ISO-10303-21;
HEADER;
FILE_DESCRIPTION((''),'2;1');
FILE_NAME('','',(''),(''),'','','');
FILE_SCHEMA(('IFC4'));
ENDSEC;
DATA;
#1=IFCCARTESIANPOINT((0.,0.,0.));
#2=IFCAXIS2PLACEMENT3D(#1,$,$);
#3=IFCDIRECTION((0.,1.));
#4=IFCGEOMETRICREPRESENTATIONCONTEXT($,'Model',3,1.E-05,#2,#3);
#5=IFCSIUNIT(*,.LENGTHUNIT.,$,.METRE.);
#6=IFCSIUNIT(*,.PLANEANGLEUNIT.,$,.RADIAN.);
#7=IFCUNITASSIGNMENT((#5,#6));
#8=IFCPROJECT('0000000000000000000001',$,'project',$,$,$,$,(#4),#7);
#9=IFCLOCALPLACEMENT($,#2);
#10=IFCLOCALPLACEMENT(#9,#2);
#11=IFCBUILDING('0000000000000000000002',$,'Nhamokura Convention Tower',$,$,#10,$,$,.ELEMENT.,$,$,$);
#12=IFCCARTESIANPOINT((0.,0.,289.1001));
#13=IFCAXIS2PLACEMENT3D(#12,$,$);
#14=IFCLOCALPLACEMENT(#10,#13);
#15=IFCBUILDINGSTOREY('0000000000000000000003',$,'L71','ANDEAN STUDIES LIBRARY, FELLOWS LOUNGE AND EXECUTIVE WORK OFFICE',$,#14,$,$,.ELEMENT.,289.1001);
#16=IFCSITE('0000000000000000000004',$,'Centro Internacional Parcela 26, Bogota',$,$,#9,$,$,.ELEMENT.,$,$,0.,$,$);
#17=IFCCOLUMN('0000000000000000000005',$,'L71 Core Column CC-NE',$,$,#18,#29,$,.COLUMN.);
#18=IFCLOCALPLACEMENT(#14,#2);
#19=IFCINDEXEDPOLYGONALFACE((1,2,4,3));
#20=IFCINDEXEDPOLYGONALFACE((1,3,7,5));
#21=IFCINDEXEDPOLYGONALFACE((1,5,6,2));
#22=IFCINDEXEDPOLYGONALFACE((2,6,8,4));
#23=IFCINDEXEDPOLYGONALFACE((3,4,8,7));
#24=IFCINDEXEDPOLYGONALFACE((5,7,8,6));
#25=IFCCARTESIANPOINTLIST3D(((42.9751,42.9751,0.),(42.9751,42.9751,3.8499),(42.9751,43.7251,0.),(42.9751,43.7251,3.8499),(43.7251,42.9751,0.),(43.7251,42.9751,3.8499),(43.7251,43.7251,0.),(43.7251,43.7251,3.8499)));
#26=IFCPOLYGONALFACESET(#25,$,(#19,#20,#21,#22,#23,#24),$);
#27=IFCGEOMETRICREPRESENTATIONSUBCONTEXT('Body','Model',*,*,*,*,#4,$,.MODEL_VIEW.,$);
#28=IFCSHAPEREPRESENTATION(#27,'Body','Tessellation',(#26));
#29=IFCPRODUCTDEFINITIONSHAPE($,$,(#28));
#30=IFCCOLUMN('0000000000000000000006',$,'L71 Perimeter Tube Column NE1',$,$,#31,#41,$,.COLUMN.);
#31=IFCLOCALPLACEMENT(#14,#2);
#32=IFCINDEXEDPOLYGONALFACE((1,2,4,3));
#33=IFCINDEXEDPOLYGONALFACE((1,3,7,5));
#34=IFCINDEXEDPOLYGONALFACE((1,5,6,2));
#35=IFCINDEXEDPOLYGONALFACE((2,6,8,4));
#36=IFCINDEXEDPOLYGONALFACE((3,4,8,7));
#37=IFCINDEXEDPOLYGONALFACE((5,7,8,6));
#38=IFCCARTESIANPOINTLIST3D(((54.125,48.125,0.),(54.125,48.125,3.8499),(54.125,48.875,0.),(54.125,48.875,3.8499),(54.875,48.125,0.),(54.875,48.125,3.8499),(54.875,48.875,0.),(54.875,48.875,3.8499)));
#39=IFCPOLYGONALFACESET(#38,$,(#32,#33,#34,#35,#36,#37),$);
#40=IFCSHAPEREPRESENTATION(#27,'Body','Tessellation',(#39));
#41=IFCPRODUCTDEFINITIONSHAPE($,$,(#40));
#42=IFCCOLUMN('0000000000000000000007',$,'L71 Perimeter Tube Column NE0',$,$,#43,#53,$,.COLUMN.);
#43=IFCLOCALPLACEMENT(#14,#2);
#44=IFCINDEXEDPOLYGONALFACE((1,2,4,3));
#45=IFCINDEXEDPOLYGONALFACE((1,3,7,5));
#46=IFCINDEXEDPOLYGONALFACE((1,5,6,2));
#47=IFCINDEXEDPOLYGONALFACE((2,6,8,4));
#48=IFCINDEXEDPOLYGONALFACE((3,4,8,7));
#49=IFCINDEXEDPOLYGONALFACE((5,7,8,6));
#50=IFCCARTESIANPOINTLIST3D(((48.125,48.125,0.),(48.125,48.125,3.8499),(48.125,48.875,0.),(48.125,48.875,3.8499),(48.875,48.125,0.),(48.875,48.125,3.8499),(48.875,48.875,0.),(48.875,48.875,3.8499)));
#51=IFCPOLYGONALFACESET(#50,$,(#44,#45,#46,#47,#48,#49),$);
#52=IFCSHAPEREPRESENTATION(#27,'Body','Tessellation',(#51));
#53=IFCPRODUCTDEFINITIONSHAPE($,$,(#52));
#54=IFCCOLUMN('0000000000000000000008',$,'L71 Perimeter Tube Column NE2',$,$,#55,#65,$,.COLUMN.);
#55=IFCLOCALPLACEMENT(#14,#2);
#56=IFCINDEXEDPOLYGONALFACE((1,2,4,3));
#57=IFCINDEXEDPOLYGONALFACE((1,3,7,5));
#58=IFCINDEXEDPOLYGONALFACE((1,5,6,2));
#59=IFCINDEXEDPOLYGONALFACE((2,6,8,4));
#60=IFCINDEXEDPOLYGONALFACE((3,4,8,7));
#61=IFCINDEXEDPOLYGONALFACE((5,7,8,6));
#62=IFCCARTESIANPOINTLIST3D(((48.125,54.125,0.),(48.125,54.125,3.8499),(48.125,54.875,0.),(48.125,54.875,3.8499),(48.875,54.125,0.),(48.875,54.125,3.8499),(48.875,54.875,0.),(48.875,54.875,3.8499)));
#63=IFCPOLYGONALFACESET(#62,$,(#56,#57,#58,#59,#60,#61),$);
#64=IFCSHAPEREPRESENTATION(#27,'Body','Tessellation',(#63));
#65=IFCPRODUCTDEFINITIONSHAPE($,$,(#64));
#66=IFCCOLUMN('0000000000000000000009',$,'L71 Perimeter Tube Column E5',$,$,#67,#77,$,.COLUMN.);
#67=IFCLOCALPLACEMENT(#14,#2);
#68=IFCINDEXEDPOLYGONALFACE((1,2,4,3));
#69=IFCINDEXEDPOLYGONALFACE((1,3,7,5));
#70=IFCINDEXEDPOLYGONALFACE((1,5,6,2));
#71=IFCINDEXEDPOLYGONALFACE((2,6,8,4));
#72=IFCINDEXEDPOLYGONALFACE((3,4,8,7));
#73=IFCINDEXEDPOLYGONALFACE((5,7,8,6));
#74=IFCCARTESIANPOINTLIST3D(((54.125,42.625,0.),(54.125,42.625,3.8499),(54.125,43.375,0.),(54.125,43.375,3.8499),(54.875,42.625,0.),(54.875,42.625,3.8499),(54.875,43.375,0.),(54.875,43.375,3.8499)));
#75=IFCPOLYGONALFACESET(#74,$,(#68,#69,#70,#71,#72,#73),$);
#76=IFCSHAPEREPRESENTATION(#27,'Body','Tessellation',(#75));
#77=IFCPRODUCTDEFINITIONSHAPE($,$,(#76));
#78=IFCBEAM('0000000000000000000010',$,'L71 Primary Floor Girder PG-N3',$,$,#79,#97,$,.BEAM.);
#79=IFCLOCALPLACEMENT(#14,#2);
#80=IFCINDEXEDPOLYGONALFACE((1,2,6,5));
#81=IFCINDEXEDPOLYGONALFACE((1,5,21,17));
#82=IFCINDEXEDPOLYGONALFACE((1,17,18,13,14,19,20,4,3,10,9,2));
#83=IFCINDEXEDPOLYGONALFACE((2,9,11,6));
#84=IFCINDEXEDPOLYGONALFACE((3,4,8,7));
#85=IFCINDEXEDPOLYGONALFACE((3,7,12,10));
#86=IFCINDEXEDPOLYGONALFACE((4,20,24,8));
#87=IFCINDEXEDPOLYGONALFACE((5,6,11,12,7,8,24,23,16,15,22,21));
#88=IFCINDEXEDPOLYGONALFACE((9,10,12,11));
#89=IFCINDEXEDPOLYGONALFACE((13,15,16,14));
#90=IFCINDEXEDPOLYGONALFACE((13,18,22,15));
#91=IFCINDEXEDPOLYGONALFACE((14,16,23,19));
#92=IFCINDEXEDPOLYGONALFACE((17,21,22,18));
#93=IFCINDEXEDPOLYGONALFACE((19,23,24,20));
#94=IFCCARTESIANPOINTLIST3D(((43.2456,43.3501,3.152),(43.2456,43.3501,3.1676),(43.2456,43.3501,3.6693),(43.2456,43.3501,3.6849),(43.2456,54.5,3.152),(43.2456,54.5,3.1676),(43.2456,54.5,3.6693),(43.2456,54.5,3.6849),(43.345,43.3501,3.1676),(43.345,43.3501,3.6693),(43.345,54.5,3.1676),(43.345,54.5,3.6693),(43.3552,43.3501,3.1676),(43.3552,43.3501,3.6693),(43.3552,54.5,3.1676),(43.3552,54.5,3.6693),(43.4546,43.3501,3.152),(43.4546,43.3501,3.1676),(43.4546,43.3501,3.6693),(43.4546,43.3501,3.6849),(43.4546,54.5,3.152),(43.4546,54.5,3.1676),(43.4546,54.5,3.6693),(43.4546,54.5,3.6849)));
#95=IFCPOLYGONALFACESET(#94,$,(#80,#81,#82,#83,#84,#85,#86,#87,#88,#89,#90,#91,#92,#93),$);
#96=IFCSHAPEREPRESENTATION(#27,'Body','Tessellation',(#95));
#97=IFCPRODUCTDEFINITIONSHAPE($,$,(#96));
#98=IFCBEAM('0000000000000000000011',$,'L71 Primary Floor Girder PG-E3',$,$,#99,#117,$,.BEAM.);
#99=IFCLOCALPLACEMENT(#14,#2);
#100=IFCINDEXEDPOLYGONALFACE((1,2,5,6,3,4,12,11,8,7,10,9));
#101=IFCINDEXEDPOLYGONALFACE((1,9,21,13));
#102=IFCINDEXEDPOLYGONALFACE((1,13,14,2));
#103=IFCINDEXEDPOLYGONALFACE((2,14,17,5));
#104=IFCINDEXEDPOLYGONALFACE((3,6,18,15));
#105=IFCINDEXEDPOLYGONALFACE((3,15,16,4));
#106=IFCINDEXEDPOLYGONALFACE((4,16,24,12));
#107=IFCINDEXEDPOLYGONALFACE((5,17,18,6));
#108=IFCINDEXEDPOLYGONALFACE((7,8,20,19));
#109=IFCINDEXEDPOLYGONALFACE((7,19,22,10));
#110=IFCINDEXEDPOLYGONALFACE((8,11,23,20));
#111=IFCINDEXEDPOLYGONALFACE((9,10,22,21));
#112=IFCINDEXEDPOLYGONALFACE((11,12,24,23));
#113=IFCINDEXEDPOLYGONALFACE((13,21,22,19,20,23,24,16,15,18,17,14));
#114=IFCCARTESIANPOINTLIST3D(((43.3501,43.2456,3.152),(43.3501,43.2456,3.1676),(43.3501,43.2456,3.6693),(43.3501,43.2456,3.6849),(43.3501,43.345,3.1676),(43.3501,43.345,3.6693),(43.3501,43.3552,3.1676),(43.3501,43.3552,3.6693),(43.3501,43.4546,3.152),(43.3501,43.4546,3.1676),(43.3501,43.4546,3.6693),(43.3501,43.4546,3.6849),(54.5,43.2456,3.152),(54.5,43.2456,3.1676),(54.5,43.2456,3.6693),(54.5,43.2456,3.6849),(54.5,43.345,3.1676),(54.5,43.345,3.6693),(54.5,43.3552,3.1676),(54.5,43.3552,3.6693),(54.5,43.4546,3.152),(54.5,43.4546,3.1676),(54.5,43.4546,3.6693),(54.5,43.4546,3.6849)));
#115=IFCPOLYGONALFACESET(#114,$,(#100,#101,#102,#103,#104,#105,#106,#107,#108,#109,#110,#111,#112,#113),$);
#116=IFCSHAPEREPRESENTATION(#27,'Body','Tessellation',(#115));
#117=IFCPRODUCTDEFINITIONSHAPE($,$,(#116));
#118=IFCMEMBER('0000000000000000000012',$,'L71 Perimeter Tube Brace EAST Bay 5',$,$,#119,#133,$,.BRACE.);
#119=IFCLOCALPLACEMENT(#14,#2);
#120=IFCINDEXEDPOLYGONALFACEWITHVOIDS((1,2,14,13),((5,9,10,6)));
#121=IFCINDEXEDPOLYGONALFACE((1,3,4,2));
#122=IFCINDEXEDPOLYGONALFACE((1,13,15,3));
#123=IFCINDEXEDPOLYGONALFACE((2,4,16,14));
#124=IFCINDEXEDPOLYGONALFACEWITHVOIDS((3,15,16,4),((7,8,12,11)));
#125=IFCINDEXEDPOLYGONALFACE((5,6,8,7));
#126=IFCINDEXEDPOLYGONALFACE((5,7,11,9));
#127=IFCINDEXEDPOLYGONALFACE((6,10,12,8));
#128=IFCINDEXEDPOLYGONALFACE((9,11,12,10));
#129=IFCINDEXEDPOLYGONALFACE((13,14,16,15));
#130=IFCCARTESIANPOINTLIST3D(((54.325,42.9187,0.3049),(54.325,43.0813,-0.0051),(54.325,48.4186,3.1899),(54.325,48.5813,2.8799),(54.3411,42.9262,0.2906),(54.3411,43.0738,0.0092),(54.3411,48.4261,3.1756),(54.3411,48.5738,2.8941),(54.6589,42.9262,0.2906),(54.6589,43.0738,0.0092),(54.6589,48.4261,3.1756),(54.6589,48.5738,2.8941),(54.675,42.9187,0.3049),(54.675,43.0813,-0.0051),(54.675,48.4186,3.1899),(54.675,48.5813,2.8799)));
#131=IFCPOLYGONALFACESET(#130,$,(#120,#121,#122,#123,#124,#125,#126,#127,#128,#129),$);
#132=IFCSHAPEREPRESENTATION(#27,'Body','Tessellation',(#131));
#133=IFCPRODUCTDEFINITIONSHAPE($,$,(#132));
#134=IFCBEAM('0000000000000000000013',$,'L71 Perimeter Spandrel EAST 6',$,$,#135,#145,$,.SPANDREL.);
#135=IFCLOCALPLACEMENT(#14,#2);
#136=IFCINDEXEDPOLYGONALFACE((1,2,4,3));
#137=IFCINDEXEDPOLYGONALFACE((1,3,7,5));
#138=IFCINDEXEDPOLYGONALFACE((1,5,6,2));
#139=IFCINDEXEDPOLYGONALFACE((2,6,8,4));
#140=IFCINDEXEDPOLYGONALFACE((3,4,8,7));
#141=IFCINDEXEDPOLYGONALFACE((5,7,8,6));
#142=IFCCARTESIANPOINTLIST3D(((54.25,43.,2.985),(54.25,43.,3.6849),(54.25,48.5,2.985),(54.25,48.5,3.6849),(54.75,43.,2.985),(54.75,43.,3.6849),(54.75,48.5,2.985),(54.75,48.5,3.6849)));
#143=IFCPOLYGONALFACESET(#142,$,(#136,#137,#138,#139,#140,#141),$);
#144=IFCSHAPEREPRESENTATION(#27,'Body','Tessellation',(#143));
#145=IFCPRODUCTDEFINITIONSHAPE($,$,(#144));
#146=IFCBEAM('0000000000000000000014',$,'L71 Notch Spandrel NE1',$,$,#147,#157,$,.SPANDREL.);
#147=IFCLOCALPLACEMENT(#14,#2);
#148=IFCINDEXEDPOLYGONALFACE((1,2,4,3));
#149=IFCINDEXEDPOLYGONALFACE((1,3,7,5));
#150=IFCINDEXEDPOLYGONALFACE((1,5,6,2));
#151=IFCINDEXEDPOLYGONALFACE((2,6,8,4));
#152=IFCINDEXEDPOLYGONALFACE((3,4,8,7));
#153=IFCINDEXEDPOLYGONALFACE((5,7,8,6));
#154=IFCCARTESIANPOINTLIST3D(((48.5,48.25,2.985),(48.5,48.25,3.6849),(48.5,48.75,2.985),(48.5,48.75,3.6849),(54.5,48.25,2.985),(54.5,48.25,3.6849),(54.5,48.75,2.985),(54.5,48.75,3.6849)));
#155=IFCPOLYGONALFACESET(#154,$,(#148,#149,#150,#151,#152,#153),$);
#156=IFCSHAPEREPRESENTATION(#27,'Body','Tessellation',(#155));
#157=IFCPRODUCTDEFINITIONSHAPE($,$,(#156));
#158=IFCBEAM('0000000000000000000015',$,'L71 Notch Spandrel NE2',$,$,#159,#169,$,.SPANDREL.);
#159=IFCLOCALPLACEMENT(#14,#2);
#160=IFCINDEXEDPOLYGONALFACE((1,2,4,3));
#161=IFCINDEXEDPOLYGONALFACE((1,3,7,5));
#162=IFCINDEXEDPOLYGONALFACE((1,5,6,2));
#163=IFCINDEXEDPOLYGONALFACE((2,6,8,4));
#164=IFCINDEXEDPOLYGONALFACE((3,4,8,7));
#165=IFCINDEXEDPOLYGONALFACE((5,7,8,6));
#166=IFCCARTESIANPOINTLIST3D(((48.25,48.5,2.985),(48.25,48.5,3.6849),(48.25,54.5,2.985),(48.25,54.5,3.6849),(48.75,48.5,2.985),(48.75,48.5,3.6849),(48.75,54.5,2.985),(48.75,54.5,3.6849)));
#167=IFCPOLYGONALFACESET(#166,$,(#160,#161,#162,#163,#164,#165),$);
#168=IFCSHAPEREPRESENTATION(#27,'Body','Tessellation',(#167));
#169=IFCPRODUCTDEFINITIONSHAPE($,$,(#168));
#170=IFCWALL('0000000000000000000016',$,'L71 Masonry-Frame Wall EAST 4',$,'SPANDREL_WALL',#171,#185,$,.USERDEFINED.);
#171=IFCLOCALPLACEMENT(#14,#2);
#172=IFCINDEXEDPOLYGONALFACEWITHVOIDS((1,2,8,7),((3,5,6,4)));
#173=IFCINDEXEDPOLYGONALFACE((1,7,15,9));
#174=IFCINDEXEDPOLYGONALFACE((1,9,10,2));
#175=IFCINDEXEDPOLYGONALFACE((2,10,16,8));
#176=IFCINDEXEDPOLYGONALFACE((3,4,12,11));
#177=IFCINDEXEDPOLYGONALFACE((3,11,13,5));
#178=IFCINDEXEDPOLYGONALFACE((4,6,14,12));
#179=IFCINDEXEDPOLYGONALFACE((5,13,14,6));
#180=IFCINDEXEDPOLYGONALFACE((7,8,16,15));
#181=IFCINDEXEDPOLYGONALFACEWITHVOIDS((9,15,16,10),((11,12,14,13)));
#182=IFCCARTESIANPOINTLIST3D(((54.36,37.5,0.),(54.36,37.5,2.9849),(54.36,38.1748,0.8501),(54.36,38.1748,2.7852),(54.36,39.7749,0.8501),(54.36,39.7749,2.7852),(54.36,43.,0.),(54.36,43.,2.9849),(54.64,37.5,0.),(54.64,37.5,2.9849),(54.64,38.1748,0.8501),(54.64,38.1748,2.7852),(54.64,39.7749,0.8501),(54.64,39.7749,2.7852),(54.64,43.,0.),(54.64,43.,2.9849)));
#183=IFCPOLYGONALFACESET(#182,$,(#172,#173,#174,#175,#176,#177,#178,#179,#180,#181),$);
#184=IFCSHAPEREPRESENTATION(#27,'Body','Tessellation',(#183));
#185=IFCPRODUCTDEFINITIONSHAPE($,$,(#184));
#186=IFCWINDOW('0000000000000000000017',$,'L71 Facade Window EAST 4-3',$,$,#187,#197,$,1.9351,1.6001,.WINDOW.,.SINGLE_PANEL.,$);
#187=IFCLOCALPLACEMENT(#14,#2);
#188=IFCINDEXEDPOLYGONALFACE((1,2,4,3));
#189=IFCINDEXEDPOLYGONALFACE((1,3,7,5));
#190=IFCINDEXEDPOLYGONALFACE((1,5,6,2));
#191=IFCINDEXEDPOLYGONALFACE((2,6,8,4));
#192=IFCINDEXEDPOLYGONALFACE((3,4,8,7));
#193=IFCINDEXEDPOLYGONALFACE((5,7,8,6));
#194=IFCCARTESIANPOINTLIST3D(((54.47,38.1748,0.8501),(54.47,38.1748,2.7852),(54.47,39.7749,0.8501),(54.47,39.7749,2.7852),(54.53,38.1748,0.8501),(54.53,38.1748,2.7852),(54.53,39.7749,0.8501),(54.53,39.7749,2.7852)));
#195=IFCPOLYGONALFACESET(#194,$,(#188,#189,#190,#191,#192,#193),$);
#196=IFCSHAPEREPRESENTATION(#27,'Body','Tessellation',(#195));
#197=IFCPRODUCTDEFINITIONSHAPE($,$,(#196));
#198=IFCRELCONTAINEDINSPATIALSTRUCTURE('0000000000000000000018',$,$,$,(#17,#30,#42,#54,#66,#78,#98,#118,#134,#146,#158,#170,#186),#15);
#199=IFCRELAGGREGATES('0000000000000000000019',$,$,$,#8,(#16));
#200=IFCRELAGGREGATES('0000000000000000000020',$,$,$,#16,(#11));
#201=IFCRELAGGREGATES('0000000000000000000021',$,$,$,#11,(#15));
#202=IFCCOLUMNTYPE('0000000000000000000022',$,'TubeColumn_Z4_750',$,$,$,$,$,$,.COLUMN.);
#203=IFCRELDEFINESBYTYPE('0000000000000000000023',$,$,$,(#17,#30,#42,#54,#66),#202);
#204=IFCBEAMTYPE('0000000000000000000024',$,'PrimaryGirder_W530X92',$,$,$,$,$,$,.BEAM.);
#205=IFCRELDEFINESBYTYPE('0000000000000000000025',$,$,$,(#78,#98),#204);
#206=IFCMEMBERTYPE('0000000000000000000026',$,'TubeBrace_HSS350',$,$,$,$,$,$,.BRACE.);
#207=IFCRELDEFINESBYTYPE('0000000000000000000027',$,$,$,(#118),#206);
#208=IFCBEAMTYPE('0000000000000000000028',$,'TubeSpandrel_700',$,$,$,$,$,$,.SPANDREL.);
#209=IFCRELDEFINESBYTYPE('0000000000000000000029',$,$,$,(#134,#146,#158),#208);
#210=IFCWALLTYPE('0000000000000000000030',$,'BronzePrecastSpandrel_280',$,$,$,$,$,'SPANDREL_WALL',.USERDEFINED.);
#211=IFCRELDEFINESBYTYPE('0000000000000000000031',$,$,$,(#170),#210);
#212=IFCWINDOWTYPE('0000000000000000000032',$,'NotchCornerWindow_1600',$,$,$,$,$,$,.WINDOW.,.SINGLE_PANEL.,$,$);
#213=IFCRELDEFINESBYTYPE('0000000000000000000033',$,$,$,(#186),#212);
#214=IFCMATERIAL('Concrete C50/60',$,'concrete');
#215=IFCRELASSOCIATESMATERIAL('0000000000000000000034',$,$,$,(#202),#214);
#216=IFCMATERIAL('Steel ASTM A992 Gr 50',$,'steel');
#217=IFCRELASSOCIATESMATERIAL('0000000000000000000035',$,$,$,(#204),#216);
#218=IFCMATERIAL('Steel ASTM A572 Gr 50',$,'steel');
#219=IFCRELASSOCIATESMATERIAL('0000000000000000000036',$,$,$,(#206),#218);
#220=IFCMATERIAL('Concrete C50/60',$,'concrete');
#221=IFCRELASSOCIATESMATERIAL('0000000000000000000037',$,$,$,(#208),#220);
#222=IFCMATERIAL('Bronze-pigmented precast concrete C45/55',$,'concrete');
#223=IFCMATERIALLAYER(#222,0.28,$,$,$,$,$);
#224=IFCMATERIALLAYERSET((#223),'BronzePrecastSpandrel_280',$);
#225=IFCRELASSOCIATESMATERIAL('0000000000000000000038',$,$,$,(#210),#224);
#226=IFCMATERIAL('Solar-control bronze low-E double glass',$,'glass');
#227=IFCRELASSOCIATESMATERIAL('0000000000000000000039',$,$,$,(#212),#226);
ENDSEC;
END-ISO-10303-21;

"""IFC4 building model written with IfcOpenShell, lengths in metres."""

from ifc_helpers import new_model, si_unit, direction, frame, frame_2d, origin, origin_2d, place, context, subcontext, project, spatial, rectangle, hollow_rectangle, i_section, extrude, material, layer, layer_set, material_profile, profile_set, type_object, element, fill, save


model = new_model("IFC4")

# Units and contexts
model_context = context("Model", 3, precision=1e-05, world=origin(), true_north=direction((0.0, 1.0)))
body_context = subcontext(model_context, "Body", "Model", "MODEL_VIEW")
ifc_project = project(units=[si_unit("LENGTHUNIT", "METRE"), si_unit("PLANEANGLEUNIT", "RADIAN")], contexts=[model_context])

# Site, building, storey
site_placement = place(None, origin())
site = spatial("IfcSite", under=ifc_project, at=site_placement, Name="Centro Internacional Parcela 26, Bogota", CompositionType="ELEMENT", RefElevation=0.0)
building_placement = place(site_placement, origin())
building = spatial("IfcBuilding", under=site, at=building_placement, Name="Nhamokura Convention Tower", CompositionType="ELEMENT")
storey_placement = place(building_placement, frame((0.0, 0.0, 289.1001)))
storey = spatial("IfcBuildingStorey", under=building, at=storey_placement, Name="L71", Description="ANDEAN STUDIES LIBRARY, FELLOWS LOUNGE AND EXECUTIVE WORK OFFICE", CompositionType="ELEMENT", Elevation=289.1001)

# Columns
ifc_material_1 = material(Name="Concrete C50/60", Category="concrete")
ifc_material_profile_1 = material_profile(ifc_material_1, rectangle(XDim=0.75, YDim=0.75, at=origin_2d()))
ifc_profile_set_1 = profile_set([ifc_material_profile_1], Name="Concrete C50/60")
column_type = type_object("IfcColumnType", Name="TubeColumn_Z4_750", PredefinedType="COLUMN", material=ifc_profile_set_1)
for number, where, z_axis, x_axis, name in (
    (1, (43.3501, 43.3501, 0.0), (0.0, 0.0, 1.0), (1.0, 0.0, 0.0), "L71 Core Column CC-NE"),
    (2, (54.5, 48.5, 0.0), (0.0, 0.0, 1.0), (1.0, 0.0, 0.0), "L71 Perimeter Tube Column NE1"),
    (3, (48.5, 48.5, 0.0), (0.0, 0.0, 1.0), (1.0, 0.0, 0.0), "L71 Perimeter Tube Column NE0"),
    (4, (48.5, 54.5, 0.0), (0.0, 0.0, 1.0), (1.0, 0.0, 0.0), "L71 Perimeter Tube Column NE2"),
    (5, (54.5, 43.0, 0.0), (0.0, 0.0, 1.0), (1.0, 0.0, 0.0), "L71 Perimeter Tube Column E5"),
):
    element("IfcColumn", number, at=place(storey_placement, frame(where, z_axis=z_axis, x_axis=x_axis)), inside=storey, type_object=column_type, Name=name, PredefinedType="COLUMN", context=body_context, shape_type="SweptSolid", body=[
        extrude(rectangle(XDim=0.75, YDim=0.75, at=origin_2d()), origin(), (0.0, 0.0, 1.0), 3.8499),
    ])

# Beams
ifc_material_2 = material(Name="Steel ASTM A992 Gr 50", Category="steel")
ifc_material_profile_2 = material_profile(ifc_material_2, i_section(OverallWidth=0.209, OverallDepth=0.533, WebThickness=0.0103, FlangeThickness=0.0156, at=origin_2d()))
ifc_profile_set_2 = profile_set([ifc_material_profile_2], Name="Steel ASTM A992 Gr 50")
beam_type_1 = type_object("IfcBeamType", Name="PrimaryGirder_W530X92", PredefinedType="BEAM", material=ifc_profile_set_2)
for number, where, z_axis, x_axis, name in (
    (6, (43.3501, 43.3501, 3.4185), (0.0, 1.0, 0.0), (-1.0, 0.0, 0.0), "L71 Primary Floor Girder PG-N3"),
    (7, (43.3501, 43.3501, 3.4185), (1.0, 0.0, 0.0), (0.0, 1.0, 0.0), "L71 Primary Floor Girder PG-E3"),
):
    element("IfcBeam", number, at=place(storey_placement, frame(where, z_axis=z_axis, x_axis=x_axis)), inside=storey, type_object=beam_type_1, Name=name, PredefinedType="BEAM", context=body_context, shape_type="SweptSolid", body=[
        extrude(i_section(OverallWidth=0.209, OverallDepth=0.533, WebThickness=0.0103, FlangeThickness=0.0156, at=origin_2d()), origin(), (0.0, 0.0, 1.0), 11.1499),
    ])

# Member
ifc_material_3 = material(Name="Steel ASTM A572 Gr 50", Category="steel")
ifc_material_profile_3 = material_profile(ifc_material_3, hollow_rectangle(XDim=0.3501, YDim=0.3501, WallThickness=0.0161, at=origin_2d()))
ifc_profile_set_3 = profile_set([ifc_material_profile_3], Name="Steel ASTM A572 Gr 50")
member_type = type_object("IfcMemberType", Name="TubeBrace_HSS350", PredefinedType="BRACE", material=ifc_profile_set_3)
member_placement = place(storey_placement, frame((54.5, 43.0, 0.1499), z_axis=(0.0, 0.885563, 0.46452), x_axis=(-1.0, 0.0, 0.0)))
element("IfcMember", 8, at=member_placement, inside=storey, type_object=member_type, Name="L71 Perimeter Tube Brace EAST Bay 5", PredefinedType="BRACE", context=body_context, shape_type="SweptSolid", body=[
    extrude(hollow_rectangle(XDim=0.3501, YDim=0.3501, WallThickness=0.0161, at=origin_2d()), origin(), (0.0, 0.0, 1.0), 6.2107),
])

# Beams
ifc_material_4 = material(Name="Concrete C50/60", Category="concrete")
ifc_material_profile_4 = material_profile(ifc_material_4, rectangle(XDim=0.5, YDim=0.7, at=origin_2d()))
ifc_profile_set_4 = profile_set([ifc_material_profile_4], Name="Concrete C50/60")
beam_type_2 = type_object("IfcBeamType", Name="TubeSpandrel_700", PredefinedType="SPANDREL", material=ifc_profile_set_4)
beam_placement = place(storey_placement, frame((54.5, 43.0, 3.335), z_axis=(0.0, 1.0, 0.0), x_axis=(-1.0, 0.0, 0.0)))
element("IfcBeam", 9, at=beam_placement, inside=storey, type_object=beam_type_2, Name="L71 Perimeter Spandrel EAST 6", PredefinedType="SPANDREL", context=body_context, shape_type="SweptSolid", body=[
    extrude(rectangle(XDim=0.5, YDim=0.7, at=origin_2d()), origin(), (0.0, 0.0, 1.0), 5.5),
])
for number, where, z_axis, x_axis, name in (
    (10, (54.5, 48.5, 3.335), (-1.0, 0.0, 0.0), (0.0, -1.0, 0.0), "L71 Notch Spandrel NE1"),
    (11, (48.5, 48.5, 3.335), (0.0, 1.0, 0.0), (-1.0, 0.0, 0.0), "L71 Notch Spandrel NE2"),
):
    element("IfcBeam", number, at=place(storey_placement, frame(where, z_axis=z_axis, x_axis=x_axis)), inside=storey, type_object=beam_type_2, Name=name, PredefinedType="SPANDREL", context=body_context, shape_type="SweptSolid", body=[
        extrude(rectangle(XDim=0.5, YDim=0.7, at=origin_2d()), origin(), (0.0, 0.0, 1.0), 6.0),
    ])

# Wall, opening, window
ifc_material_5 = material(Name="Bronze-pigmented precast concrete C45/55", Category="concrete")
ifc_layer_1 = layer(ifc_material_5, 0.28)
ifc_layer_set_1 = layer_set([ifc_layer_1], Name="BronzePrecastSpandrel_280")
wall_type_1 = type_object("IfcWallType", Name="BronzePrecastSpandrel_280", ElementType="SPANDREL_WALL", PredefinedType="USERDEFINED", material=ifc_layer_set_1)
wall_1_placement = place(storey_placement, frame((54.5, 43.0, 0.0), z_axis=(0.0, 0.0, 1.0), x_axis=(0.0, -1.0, 0.0)))
wall_1 = element("IfcWall", 12, at=wall_1_placement, inside=storey, type_object=wall_type_1, Name="L71 Masonry-Frame Wall EAST 4", ObjectType="SPANDREL_WALL", PredefinedType="USERDEFINED", context=body_context, shape_type="SweptSolid", body=[
    extrude(rectangle(XDim=5.5, YDim=0.28, at=frame_2d((2.75, 0.0))), origin(), (0.0, 0.0, 1.0), 2.9849),
])
opening_placement = place(wall_1_placement, frame((3.2251, 0.0, 0.8501)))
opening = element("IfcOpeningElement", 13, at=opening_placement, cuts=wall_1, PredefinedType="OPENING", context=body_context, shape_type="SweptSolid", body=[
    extrude(rectangle(XDim=1.6001, YDim=1.9351, at=frame_2d((0.8, 0.9675))), frame((0.0, 0.1499, 0.0), z_axis=(0.0, -1.0, 0.0), x_axis=(1.0, 0.0, 0.0)), (0.0, 0.0, 1.0), 0.3),
])
ifc_material_6 = material(Name="Solar-control bronze low-E double glass", Category="glass")
window_type = type_object("IfcWindowType", Name="NotchCornerWindow_1600", PartitioningType="SINGLE_PANEL", PredefinedType="WINDOW", material=ifc_material_6)
window_placement = place(opening_placement, origin())
window = element("IfcWindow", 14, at=window_placement, inside=storey, type_object=window_type, Name="L71 Facade Window EAST 4-3", OverallHeight=1.9351, OverallWidth=1.6001, PartitioningType="SINGLE_PANEL", PredefinedType="WINDOW", context=body_context, shape_type="SweptSolid", body=[
    extrude(rectangle(XDim=1.6001, YDim=1.9351, at=frame_2d((0.8, 0.9675))), frame((0.0, 0.03, 0.0), z_axis=(0.0, -1.0, 0.0), x_axis=(1.0, 0.0, 0.0)), (0.0, 0.0, 1.0), 0.0601),
])
fill(opening, window)

save(model, "model.ifc")
